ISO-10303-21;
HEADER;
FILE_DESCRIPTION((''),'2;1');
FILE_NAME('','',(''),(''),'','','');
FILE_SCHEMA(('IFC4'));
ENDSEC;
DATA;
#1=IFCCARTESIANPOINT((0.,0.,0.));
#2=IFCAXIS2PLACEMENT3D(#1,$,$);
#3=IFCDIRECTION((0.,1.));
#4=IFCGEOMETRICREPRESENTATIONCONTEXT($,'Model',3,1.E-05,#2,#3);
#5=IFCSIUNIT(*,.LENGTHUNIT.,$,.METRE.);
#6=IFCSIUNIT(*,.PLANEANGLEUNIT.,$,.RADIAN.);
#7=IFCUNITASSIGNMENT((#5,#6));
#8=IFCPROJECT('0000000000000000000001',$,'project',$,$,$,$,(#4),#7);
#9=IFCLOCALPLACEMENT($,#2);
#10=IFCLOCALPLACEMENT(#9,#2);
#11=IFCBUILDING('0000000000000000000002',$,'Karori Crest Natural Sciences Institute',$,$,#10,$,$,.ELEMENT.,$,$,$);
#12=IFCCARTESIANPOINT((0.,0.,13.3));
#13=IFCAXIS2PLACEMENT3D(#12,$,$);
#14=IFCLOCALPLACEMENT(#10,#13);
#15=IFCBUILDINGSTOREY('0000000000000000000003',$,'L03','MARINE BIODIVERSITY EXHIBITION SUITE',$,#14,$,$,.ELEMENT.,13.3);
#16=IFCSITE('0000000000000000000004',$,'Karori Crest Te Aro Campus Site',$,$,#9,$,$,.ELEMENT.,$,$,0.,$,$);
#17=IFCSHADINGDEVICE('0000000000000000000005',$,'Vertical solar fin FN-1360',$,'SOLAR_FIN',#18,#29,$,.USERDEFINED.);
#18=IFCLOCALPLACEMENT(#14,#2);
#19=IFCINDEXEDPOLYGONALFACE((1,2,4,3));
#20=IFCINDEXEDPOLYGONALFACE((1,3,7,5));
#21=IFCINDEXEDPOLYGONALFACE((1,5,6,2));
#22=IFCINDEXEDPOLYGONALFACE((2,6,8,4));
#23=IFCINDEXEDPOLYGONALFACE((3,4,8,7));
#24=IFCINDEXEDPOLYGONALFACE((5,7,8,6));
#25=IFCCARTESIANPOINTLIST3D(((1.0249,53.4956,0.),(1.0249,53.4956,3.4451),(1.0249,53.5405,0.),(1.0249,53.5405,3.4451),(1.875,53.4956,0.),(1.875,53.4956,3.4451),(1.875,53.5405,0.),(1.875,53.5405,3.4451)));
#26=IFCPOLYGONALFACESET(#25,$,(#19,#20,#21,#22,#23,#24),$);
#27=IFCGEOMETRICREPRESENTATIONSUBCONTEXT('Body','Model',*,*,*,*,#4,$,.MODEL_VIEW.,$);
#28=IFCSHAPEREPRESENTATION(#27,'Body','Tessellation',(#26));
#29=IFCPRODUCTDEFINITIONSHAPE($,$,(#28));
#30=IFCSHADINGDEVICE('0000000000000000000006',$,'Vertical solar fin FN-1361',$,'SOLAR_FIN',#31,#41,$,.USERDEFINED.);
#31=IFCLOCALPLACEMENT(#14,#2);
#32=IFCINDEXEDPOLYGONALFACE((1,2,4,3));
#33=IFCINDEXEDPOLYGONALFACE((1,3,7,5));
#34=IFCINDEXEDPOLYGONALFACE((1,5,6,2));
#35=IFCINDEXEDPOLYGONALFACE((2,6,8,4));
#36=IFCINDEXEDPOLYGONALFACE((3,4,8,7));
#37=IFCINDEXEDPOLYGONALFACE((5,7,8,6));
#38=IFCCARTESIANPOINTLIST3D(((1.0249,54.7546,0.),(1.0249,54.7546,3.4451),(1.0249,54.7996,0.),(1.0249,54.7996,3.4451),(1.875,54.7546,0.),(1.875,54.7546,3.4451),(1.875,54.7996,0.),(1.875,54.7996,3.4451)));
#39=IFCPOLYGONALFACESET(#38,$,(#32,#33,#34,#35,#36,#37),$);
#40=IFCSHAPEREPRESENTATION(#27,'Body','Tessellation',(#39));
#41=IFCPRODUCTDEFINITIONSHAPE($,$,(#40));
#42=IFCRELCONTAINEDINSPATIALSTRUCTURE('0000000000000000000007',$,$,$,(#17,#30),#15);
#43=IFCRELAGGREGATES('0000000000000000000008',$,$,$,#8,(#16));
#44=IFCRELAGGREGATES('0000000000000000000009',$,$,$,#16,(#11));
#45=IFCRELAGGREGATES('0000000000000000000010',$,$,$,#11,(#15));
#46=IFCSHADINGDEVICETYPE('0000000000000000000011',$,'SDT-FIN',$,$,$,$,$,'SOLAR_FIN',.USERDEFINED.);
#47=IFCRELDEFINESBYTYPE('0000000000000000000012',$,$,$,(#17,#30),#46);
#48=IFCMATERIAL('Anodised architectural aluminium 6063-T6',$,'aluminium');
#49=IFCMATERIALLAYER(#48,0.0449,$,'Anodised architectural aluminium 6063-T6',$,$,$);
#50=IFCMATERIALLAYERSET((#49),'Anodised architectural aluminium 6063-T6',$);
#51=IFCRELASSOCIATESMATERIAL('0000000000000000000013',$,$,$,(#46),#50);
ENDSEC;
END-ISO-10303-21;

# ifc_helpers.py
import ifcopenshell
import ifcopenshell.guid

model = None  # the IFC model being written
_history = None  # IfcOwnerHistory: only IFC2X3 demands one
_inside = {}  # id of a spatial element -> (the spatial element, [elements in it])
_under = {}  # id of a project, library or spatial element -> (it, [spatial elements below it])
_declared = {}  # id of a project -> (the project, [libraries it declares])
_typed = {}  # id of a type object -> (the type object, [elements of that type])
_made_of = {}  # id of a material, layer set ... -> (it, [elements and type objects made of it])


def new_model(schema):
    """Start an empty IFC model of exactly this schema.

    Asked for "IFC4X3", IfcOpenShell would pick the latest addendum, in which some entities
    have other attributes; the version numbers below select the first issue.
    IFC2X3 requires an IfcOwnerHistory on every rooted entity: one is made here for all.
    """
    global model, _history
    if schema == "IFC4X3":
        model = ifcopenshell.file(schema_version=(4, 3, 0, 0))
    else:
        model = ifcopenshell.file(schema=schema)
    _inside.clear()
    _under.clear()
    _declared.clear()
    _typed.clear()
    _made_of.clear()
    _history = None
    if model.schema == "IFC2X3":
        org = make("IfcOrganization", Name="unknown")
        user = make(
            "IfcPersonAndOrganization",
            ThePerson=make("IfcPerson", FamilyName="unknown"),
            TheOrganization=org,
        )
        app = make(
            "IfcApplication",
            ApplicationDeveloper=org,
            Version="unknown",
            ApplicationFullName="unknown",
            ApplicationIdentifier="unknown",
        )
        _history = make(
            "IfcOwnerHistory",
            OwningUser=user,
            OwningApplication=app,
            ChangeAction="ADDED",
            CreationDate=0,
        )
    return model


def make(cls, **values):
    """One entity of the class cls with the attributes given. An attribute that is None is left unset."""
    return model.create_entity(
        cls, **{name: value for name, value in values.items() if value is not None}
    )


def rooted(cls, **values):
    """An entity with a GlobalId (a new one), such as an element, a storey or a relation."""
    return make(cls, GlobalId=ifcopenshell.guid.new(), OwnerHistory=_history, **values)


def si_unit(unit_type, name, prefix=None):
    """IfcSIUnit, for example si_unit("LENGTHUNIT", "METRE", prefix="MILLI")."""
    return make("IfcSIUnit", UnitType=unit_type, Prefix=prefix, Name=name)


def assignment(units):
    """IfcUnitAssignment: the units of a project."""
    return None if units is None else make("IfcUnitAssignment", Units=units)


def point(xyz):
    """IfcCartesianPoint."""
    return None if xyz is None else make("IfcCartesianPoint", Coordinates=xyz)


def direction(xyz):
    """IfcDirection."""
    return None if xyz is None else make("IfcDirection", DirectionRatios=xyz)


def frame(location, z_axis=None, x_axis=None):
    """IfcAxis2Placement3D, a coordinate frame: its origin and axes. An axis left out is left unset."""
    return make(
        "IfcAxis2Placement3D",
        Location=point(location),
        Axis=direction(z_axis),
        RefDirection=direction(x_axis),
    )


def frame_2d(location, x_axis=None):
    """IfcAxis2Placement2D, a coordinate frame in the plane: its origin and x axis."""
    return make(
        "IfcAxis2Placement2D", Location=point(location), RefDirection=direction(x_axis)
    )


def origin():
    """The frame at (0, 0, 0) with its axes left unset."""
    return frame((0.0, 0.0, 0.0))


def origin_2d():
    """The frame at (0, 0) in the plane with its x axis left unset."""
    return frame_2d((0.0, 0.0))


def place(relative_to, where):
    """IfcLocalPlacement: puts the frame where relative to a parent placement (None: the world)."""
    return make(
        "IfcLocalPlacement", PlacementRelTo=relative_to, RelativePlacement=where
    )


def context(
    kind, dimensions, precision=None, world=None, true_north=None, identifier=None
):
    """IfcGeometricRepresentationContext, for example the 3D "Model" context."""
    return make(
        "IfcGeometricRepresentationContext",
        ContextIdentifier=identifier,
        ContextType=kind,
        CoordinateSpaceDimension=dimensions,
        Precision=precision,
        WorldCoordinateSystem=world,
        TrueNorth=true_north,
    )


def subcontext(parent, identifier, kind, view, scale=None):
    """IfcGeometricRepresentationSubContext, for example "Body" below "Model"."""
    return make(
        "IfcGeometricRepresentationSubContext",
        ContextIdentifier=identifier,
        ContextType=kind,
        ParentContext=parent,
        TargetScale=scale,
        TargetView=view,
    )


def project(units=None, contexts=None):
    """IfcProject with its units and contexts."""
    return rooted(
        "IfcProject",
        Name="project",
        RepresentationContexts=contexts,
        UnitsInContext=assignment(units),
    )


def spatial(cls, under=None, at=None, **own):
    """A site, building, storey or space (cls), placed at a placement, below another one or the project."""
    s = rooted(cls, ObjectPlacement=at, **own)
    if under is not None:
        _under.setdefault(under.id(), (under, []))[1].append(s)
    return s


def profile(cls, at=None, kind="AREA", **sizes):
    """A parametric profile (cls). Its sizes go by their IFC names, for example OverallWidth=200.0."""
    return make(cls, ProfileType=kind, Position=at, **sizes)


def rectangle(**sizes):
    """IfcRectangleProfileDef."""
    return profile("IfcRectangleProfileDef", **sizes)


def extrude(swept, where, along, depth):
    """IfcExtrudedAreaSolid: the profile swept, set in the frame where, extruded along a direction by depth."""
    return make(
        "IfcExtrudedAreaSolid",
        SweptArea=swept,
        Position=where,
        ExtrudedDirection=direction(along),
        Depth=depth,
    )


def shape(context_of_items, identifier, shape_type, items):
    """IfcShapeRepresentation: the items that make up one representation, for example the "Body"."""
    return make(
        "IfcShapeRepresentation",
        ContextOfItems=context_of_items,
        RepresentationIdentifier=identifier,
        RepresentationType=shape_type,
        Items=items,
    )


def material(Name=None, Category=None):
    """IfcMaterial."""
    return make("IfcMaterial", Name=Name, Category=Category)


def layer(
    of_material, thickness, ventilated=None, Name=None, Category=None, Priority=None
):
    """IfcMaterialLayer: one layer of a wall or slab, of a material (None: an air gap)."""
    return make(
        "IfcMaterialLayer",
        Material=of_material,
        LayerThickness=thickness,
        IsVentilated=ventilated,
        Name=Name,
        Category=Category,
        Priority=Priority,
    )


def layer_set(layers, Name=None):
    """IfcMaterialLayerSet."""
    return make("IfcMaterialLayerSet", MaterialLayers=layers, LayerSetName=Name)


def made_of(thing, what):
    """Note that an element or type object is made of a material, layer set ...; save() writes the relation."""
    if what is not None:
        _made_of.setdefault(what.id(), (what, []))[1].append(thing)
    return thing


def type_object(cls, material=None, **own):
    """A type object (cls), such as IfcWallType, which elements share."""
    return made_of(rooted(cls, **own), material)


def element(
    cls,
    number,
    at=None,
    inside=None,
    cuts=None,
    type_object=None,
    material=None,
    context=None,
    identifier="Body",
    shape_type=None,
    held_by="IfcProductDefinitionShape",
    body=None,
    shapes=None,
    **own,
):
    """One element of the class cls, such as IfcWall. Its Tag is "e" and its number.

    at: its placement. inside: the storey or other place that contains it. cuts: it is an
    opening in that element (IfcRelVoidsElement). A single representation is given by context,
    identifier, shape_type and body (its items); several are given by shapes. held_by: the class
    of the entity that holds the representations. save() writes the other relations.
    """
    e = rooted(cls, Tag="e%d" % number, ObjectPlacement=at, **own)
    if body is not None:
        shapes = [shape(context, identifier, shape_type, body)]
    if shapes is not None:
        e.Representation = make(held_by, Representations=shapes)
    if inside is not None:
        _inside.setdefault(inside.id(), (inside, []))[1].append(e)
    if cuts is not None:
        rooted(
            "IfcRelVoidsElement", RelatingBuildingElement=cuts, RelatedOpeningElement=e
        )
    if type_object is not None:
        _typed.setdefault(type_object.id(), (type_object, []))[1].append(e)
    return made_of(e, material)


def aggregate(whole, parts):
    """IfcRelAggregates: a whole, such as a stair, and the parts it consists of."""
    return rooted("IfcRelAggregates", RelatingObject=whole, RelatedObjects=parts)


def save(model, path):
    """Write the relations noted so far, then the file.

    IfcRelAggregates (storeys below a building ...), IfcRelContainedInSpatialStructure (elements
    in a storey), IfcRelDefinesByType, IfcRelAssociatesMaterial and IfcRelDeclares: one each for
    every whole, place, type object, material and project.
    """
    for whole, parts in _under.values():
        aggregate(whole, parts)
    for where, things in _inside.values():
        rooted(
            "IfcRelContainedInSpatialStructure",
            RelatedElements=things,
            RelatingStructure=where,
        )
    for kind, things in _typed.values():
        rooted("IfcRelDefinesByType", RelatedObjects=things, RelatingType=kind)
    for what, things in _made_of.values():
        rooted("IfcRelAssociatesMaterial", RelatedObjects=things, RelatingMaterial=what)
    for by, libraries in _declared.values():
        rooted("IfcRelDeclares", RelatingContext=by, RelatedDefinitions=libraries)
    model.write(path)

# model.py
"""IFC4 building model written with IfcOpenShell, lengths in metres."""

from ifc_helpers import new_model, si_unit, direction, frame, origin, origin_2d, place, context, subcontext, project, spatial, rectangle, extrude, material, layer, layer_set, type_object, element, save


model = new_model("IFC4")

# Units and contexts
model_context = context("Model", 3, precision=1e-05, world=origin(), true_north=direction((0.0, 1.0)))
body_context = subcontext(model_context, "Body", "Model", "MODEL_VIEW")
ifc_project = project(units=[si_unit("LENGTHUNIT", "METRE"), si_unit("PLANEANGLEUNIT", "RADIAN")], contexts=[model_context])

# Site, building, storey
site_placement = place(None, origin())
site = spatial("IfcSite", under=ifc_project, at=site_placement, Name="Karori Crest Te Aro Campus Site", CompositionType="ELEMENT", RefElevation=0.0)
building_placement = place(site_placement, origin())
building = spatial("IfcBuilding", under=site, at=building_placement, Name="Karori Crest Natural Sciences Institute", CompositionType="ELEMENT")
storey_placement = place(building_placement, frame((0.0, 0.0, 13.3)))
storey = spatial("IfcBuildingStorey", under=building, at=storey_placement, Name="L03", Description="MARINE BIODIVERSITY EXHIBITION SUITE", CompositionType="ELEMENT", Elevation=13.3)

# Shared definitions
ifc_material_1 = material(Name="Anodised architectural aluminium 6063-T6", Category="aluminium")

# Shading devices
ifc_layer_1 = layer(ifc_material_1, 0.0449, Name="Anodised architectural aluminium 6063-T6")
ifc_layer_set_1 = layer_set([ifc_layer_1], Name="Anodised architectural aluminium 6063-T6")
shading_device_type = type_object("IfcShadingDeviceType", Name="SDT-FIN", ElementType="SOLAR_FIN", PredefinedType="USERDEFINED", material=ifc_layer_set_1)
for number, where, z_axis, x_axis, name in (
    (1, (1.45, 53.5181, 0.0), (0.0, 0.0, 1.0), (-1.0, 0.0, 0.0), "Vertical solar fin FN-1360"),
    (2, (1.45, 54.7771, 0.0), (0.0, 0.0, 1.0), (-1.0, 0.0, 0.0), "Vertical solar fin FN-1361"),
):
    element("IfcShadingDevice", number, at=place(storey_placement, frame(where, z_axis=z_axis, x_axis=x_axis)), inside=storey, type_object=shading_device_type, Name=name, ObjectType="SOLAR_FIN", PredefinedType="USERDEFINED", context=body_context, shape_type="SweptSolid", body=[
        extrude(rectangle(XDim=0.8501, YDim=0.0449, at=origin_2d()), origin(), (0.0, 0.0, 1.0), 3.4451),
    ])

save(model, "model.ifc")
